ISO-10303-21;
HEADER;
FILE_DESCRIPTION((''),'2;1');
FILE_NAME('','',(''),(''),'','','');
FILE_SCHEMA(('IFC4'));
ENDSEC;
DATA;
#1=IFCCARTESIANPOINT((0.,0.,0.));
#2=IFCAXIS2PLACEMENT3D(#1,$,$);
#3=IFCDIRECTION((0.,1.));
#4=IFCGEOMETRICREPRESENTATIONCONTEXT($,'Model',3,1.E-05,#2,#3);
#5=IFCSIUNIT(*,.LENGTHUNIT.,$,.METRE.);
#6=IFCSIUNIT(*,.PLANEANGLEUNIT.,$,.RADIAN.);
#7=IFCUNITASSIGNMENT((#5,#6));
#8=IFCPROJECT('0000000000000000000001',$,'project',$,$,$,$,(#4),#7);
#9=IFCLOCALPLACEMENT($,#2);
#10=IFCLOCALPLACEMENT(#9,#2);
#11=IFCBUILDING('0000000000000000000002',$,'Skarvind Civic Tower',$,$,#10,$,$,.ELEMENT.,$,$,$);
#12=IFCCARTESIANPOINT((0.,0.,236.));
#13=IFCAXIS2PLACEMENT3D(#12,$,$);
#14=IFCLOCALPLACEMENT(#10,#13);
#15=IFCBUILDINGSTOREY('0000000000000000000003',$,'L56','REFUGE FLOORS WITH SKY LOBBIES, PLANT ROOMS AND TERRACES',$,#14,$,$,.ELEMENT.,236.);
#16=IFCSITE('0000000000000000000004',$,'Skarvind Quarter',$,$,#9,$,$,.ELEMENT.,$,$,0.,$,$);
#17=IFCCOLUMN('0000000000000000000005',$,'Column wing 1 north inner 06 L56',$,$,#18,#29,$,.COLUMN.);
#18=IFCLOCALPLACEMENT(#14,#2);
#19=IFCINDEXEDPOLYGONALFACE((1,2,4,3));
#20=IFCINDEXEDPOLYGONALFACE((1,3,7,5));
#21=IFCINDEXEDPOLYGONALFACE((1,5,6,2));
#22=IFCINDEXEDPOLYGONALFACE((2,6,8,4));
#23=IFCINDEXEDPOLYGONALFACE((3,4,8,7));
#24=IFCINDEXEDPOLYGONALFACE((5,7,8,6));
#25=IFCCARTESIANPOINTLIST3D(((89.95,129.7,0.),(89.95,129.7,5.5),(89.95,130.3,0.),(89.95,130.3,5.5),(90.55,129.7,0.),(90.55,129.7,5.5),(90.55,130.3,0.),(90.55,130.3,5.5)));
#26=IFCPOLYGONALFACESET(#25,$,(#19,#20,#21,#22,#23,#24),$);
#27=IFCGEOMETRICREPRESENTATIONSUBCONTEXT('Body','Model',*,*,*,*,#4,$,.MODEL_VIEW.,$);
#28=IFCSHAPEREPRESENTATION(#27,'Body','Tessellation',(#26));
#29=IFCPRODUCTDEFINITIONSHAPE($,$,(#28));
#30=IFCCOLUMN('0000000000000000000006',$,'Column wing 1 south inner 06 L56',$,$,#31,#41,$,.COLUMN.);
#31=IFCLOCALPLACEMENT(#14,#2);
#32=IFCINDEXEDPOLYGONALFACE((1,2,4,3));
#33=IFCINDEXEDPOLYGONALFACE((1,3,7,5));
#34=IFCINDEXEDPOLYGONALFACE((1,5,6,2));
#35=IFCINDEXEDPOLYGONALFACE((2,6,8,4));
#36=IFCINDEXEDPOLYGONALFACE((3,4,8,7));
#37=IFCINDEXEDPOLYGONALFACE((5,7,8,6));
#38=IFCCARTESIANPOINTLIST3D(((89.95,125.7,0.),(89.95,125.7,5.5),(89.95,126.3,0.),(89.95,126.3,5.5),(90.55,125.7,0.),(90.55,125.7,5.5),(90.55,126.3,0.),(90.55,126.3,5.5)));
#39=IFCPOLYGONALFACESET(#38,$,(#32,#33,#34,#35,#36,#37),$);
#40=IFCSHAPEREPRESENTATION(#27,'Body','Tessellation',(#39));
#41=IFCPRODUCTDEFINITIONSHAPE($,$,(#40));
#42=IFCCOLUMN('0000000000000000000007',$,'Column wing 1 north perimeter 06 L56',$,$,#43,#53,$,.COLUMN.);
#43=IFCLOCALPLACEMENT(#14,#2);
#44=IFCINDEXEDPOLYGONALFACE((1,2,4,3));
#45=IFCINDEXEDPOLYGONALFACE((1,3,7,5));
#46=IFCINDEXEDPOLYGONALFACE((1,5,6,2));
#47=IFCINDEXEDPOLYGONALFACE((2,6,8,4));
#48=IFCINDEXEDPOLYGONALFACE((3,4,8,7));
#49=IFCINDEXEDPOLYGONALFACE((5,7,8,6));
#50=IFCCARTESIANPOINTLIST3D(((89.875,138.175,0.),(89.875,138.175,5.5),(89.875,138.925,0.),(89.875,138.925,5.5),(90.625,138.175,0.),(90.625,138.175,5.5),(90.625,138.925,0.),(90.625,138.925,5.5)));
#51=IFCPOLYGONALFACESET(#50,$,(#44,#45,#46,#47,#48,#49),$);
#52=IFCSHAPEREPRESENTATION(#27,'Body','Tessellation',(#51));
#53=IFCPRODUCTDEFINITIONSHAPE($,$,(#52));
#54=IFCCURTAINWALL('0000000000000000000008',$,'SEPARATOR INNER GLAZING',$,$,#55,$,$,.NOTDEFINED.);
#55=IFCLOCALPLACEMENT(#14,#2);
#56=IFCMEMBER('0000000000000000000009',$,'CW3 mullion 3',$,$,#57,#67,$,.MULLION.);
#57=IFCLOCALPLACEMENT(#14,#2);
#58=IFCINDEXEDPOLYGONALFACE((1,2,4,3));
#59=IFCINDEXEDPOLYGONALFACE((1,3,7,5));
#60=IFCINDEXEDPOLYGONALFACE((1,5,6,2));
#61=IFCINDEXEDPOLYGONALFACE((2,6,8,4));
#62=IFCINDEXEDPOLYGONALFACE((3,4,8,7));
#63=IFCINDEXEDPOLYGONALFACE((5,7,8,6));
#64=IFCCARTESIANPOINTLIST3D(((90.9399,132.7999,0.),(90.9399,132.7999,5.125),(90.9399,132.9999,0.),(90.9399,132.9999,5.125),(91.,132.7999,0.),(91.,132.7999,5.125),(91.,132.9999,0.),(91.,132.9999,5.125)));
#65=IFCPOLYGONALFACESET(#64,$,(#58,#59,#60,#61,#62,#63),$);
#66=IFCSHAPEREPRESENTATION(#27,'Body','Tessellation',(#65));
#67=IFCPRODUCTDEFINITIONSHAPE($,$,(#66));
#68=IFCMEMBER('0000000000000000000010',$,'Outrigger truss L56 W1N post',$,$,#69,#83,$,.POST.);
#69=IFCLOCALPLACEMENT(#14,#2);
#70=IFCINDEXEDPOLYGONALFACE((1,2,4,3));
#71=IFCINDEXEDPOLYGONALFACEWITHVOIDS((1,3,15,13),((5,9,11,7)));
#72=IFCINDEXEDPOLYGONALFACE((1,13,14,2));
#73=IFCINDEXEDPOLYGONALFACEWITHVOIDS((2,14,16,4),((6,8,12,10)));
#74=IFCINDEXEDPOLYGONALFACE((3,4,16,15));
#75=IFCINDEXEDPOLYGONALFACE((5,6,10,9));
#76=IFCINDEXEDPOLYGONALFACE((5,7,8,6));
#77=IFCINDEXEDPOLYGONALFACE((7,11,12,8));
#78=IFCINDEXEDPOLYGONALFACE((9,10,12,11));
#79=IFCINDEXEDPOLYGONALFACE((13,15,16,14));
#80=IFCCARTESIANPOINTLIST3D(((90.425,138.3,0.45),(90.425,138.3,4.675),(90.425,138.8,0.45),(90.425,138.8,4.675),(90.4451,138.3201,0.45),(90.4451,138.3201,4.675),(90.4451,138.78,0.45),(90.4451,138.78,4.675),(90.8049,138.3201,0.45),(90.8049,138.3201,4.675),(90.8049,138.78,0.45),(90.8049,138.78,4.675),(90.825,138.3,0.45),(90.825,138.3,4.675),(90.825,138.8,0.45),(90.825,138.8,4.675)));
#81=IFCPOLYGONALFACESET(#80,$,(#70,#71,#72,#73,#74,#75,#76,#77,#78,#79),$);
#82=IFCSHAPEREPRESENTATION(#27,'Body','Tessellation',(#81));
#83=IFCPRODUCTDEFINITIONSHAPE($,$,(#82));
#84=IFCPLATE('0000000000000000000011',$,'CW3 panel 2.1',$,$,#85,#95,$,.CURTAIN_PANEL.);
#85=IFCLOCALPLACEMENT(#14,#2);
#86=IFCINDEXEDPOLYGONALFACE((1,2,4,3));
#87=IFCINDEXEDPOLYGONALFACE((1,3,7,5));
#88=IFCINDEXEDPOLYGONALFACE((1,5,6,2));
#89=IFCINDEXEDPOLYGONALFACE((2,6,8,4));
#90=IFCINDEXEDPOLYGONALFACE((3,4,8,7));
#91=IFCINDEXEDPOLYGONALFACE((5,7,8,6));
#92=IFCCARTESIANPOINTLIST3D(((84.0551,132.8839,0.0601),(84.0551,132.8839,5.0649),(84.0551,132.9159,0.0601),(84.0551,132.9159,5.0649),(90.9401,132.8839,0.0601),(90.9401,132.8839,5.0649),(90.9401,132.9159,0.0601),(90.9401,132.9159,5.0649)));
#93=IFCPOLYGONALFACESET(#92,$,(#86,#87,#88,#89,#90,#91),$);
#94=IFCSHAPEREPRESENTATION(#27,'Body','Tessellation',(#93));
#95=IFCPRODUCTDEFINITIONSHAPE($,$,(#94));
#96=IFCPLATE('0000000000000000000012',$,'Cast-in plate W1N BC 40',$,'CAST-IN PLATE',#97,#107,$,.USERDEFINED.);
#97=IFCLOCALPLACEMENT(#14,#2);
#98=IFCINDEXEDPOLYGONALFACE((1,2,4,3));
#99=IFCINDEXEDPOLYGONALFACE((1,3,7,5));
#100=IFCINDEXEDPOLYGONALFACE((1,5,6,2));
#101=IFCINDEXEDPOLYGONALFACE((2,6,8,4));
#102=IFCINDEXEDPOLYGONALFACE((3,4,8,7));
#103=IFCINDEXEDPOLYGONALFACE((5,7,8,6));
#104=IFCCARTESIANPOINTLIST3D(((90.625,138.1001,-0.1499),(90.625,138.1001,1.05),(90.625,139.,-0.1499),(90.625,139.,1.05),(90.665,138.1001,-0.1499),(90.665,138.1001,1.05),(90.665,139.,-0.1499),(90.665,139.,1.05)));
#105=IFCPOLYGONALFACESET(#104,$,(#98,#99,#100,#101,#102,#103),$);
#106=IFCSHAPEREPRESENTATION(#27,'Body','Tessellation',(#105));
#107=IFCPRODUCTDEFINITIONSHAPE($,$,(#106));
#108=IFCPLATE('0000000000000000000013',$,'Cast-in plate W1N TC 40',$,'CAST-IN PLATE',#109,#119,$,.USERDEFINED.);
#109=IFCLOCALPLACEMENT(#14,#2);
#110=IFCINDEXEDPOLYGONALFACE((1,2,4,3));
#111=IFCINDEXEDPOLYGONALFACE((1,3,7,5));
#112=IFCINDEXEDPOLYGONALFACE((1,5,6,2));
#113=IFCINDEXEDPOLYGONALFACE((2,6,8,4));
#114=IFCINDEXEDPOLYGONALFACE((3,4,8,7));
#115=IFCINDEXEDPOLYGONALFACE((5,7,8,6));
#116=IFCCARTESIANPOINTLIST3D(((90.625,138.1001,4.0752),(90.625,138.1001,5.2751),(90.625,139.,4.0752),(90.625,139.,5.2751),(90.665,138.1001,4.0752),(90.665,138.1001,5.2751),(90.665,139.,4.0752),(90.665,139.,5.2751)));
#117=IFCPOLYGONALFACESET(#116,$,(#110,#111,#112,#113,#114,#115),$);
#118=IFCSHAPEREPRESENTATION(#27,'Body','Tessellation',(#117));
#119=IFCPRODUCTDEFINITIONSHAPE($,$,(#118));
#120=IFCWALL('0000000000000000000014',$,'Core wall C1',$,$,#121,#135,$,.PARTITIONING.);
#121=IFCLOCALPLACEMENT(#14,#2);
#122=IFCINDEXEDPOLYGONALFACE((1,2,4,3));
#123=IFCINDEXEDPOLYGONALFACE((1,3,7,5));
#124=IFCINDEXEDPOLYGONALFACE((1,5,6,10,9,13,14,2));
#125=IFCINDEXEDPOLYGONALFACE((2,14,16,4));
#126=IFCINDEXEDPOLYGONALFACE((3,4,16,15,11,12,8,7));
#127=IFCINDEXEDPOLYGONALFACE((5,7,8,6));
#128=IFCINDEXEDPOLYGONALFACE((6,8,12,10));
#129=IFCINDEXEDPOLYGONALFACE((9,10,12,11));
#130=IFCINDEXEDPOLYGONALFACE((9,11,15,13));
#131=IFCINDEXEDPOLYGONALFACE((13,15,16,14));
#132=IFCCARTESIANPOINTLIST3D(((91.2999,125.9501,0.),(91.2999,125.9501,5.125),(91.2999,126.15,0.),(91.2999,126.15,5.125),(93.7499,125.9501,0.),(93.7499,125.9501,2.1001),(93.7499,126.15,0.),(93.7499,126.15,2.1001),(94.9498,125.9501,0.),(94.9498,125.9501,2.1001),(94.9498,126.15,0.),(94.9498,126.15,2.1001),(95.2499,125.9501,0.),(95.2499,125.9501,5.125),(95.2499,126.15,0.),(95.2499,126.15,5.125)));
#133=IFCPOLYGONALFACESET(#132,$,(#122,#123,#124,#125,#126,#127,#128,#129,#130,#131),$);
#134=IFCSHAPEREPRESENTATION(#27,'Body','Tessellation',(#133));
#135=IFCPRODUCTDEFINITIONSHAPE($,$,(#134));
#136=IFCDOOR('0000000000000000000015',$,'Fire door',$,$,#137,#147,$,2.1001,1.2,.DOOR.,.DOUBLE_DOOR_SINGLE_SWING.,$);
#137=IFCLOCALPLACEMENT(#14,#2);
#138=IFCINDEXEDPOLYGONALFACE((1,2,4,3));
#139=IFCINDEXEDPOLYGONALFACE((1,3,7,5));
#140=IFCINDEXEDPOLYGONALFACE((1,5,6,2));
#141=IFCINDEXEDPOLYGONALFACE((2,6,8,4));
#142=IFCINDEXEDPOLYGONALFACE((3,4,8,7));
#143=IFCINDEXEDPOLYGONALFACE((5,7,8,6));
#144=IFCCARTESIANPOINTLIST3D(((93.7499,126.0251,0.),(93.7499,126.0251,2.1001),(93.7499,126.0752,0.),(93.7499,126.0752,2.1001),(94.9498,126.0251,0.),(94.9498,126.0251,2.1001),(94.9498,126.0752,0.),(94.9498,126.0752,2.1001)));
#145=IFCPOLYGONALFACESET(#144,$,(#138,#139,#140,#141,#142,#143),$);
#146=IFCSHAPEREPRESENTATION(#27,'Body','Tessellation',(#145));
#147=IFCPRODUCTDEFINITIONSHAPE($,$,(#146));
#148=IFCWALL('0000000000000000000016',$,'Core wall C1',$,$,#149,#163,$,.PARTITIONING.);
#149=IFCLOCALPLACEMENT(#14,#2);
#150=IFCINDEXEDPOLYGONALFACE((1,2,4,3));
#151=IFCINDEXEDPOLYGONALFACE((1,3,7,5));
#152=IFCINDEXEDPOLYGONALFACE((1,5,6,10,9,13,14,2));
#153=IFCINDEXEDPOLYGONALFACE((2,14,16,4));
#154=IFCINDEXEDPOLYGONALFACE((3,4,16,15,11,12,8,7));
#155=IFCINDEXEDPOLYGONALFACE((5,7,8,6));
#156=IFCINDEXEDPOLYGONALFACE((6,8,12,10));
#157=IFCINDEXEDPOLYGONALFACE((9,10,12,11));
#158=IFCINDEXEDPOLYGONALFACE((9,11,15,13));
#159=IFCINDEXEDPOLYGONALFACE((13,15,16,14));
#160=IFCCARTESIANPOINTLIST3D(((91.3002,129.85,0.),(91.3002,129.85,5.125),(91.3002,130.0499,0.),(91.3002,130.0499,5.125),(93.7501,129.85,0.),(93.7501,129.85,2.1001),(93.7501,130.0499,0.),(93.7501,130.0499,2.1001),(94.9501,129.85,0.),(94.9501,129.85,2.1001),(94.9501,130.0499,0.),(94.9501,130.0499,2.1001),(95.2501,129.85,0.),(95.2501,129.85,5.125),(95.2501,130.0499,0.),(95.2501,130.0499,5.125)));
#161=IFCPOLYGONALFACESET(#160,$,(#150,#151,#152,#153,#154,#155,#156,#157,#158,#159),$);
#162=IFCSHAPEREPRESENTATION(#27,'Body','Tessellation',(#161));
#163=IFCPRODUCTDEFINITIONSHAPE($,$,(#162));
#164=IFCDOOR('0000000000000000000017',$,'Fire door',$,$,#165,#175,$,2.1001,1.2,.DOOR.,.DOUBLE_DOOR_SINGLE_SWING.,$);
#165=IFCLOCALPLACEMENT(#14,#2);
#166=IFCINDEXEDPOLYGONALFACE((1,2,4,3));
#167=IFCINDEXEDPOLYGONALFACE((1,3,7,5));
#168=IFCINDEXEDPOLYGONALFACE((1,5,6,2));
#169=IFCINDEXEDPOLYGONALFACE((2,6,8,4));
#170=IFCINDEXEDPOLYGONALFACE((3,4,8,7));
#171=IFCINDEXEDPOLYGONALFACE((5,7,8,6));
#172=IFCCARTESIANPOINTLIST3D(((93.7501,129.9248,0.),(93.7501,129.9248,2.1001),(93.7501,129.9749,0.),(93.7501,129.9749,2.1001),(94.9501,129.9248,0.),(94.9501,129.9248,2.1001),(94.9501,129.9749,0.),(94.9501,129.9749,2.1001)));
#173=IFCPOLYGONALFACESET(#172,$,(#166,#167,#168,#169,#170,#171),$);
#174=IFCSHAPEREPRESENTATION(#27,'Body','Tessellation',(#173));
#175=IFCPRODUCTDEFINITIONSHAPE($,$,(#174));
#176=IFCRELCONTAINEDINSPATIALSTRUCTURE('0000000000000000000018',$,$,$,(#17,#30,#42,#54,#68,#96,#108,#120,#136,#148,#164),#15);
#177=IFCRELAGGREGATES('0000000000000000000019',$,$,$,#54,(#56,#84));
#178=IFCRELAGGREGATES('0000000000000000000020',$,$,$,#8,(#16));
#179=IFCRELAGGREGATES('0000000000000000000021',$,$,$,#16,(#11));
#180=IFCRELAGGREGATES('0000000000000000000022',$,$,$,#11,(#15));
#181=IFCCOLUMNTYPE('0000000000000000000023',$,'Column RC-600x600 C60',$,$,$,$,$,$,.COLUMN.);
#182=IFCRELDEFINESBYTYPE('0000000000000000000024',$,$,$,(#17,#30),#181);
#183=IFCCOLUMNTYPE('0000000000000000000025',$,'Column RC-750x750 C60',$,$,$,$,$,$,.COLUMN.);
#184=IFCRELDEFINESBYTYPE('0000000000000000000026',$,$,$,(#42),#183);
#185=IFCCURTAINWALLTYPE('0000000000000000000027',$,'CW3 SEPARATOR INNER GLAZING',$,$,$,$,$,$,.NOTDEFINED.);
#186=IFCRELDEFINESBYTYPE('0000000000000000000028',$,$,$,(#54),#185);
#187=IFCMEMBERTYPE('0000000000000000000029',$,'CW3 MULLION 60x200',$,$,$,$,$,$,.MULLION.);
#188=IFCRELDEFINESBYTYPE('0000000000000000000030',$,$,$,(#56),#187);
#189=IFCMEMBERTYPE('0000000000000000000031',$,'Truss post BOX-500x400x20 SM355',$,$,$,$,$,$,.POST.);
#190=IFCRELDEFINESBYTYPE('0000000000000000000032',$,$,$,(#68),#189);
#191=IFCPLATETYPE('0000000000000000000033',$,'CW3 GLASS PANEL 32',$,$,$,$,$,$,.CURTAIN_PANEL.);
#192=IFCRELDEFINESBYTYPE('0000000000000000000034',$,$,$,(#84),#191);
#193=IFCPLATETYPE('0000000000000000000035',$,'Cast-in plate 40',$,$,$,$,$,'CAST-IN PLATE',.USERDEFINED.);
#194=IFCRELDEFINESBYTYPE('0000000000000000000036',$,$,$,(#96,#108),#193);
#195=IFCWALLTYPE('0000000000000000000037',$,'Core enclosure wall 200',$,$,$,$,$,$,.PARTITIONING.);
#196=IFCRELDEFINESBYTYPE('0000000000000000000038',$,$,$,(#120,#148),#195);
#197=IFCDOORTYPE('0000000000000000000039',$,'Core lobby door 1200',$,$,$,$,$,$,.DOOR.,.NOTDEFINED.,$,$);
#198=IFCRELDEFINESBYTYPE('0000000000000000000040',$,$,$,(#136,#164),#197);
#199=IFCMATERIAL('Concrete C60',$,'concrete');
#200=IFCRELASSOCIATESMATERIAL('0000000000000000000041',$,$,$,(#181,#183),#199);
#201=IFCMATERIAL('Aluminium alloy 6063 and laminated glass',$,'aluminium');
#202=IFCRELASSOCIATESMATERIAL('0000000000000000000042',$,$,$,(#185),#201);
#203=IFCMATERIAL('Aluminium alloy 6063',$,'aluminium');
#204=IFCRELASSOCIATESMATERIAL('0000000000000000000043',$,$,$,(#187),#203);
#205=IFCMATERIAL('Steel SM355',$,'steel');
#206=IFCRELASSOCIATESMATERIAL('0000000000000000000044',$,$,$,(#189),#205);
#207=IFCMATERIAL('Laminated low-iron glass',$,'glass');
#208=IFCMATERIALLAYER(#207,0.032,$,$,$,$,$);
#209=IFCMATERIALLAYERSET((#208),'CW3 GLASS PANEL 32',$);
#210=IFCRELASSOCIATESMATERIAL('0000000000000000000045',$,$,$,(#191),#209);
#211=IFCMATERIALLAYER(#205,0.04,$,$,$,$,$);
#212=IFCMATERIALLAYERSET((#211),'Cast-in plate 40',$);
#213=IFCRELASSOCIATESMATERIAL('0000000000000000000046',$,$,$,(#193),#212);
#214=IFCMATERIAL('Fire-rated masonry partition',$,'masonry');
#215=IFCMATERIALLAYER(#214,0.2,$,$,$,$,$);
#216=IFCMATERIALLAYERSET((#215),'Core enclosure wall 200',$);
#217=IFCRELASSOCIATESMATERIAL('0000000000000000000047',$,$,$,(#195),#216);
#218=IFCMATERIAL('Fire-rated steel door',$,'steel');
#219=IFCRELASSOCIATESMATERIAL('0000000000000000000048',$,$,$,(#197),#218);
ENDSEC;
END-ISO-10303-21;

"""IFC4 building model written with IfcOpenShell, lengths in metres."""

from ifc_helpers import new_model, si_unit, direction, frame, frame_2d, origin, origin_2d, place, context, subcontext, project, spatial, rectangle, hollow_rectangle, extrude, material, layer, layer_set, material_profile, profile_set, type_object, element, fill, aggregate, save


model = new_model("IFC4")

# Units and contexts
model_context = context("Model", 3, precision=1e-05, world=origin(), true_north=direction((0.0, 1.0)))
body_context = subcontext(model_context, "Body", "Model", "MODEL_VIEW")
ifc_project = project(units=[si_unit("LENGTHUNIT", "METRE"), si_unit("PLANEANGLEUNIT", "RADIAN")], contexts=[model_context])

# Site, building, storey
site_placement = place(None, origin())
site = spatial("IfcSite", under=ifc_project, at=site_placement, Name="Skarvind Quarter", CompositionType="ELEMENT", RefElevation=0.0)
building_placement = place(site_placement, origin())
building = spatial("IfcBuilding", under=site, at=building_placement, Name="Skarvind Civic Tower", CompositionType="ELEMENT")
storey_placement = place(building_placement, frame((0.0, 0.0, 236.0)))
storey = spatial("IfcBuildingStorey", under=building, at=storey_placement, Name="L56", Description="REFUGE FLOORS WITH SKY LOBBIES, PLANT ROOMS AND TERRACES", CompositionType="ELEMENT", Elevation=236.0)

# Columns
ifc_material_1 = material(Name="Concrete C60", Category="concrete")
ifc_material_profile_1 = material_profile(ifc_material_1, rectangle(XDim=0.6001, YDim=0.6001, at=origin_2d()), Name="RC-600x600")
ifc_profile_set_1 = profile_set([ifc_material_profile_1], Name="Concrete C60")
column_type_1 = type_object("IfcColumnType", Name="Column RC-600x600 C60", PredefinedType="COLUMN", material=ifc_profile_set_1)
for number, where, z_axis, x_axis, name in (
    (1, (90.25, 130.0, 0.0), (0.0, 0.0, 1.0), (1.0, 0.0, 0.0), "Column wing 1 north inner 06 L56"),
    (2, (90.25, 126.0, 0.0), (0.0, 0.0, 1.0), (1.0, 0.0, 0.0), "Column wing 1 south inner 06 L56"),
):
    element("IfcColumn", number, at=place(storey_placement, frame(where, z_axis=z_axis, x_axis=x_axis)), inside=storey, type_object=column_type_1, Name=name, PredefinedType="COLUMN", context=body_context, shape_type="SweptSolid", body=[
        extrude(rectangle(XDim=0.6001, YDim=0.6001, at=origin_2d()), origin(), (0.0, 0.0, 1.0), 5.5),
    ])
ifc_material_profile_2 = material_profile(ifc_material_1, rectangle(XDim=0.75, YDim=0.75, at=origin_2d()), Name="RC-750x750")
ifc_profile_set_2 = profile_set([ifc_material_profile_2], Name="Concrete C60")
column_type_2 = type_object("IfcColumnType", Name="Column RC-750x750 C60", PredefinedType="COLUMN", material=ifc_profile_set_2)
column_placement = place(storey_placement, frame((90.25, 138.55, 0.0), z_axis=(0.0, 0.0, 1.0), x_axis=(1.0, 0.0, 0.0)))
element("IfcColumn", 3, at=column_placement, inside=storey, type_object=column_type_2, Name="Column wing 1 north perimeter 06 L56", PredefinedType="COLUMN", context=body_context, shape_type="SweptSolid", body=[
    extrude(rectangle(XDim=0.75, YDim=0.75, at=origin_2d()), origin(), (0.0, 0.0, 1.0), 5.5),
])

# Curtain wall, member
ifc_material_2 = material(Name="Aluminium alloy 6063 and laminated glass", Category="aluminium")
curtain_wall_type = type_object("IfcCurtainWallType", Name="CW3 SEPARATOR INNER GLAZING", PredefinedType="NOTDEFINED", material=ifc_material_2)
curtain_wall_placement = place(storey_placement, origin())
curtain_wall = element("IfcCurtainWall", 4, at=curtain_wall_placement, inside=storey, type_object=curtain_wall_type, Name="SEPARATOR INNER GLAZING", PredefinedType="NOTDEFINED")
ifc_material_3 = material(Name="Aluminium alloy 6063", Category="aluminium")
ifc_material_profile_3 = material_profile(ifc_material_3, rectangle(XDim=0.2, YDim=0.0601, at=origin_2d()), Name="AL 60x200")
ifc_profile_set_3 = profile_set([ifc_material_profile_3], Name="Aluminium alloy 6063")
member_type_1 = type_object("IfcMemberType", Name="CW3 MULLION 60x200", PredefinedType="MULLION", material=ifc_profile_set_3)
member_1_placement = place(storey_placement, frame((90.97, 132.8999, 0.0), z_axis=(0.0, 0.0, 1.0), x_axis=(0.0, 1.0, 0.0)))
member_1 = element("IfcMember", 5, at=member_1_placement, type_object=member_type_1, Name="CW3 mullion 3", PredefinedType="MULLION", context=body_context, shape_type="SweptSolid", body=[
    extrude(rectangle(XDim=0.2, YDim=0.0601, at=origin_2d()), origin(), (0.0, 0.0, 1.0), 5.125),
])

# Member
ifc_material_4 = material(Name="Steel SM355", Category="steel")
ifc_material_profile_4 = material_profile(ifc_material_4, hollow_rectangle(XDim=0.3999, YDim=0.5, WallThickness=0.02, at=origin_2d()), Name="BOX-500x400x20")
ifc_profile_set_4 = profile_set([ifc_material_profile_4], Name="Steel SM355")
member_type_2 = type_object("IfcMemberType", Name="Truss post BOX-500x400x20 SM355", PredefinedType="POST", material=ifc_profile_set_4)
member_2_placement = place(storey_placement, frame((90.625, 138.55, 0.45), z_axis=(0.0, 0.0, 1.0), x_axis=(1.0, 0.0, 0.0)))
element("IfcMember", 6, at=member_2_placement, inside=storey, type_object=member_type_2, Name="Outrigger truss L56 W1N post", PredefinedType="POST", context=body_context, shape_type="SweptSolid", body=[
    extrude(hollow_rectangle(XDim=0.3999, YDim=0.5, WallThickness=0.02, at=origin_2d()), origin(), (0.0, 0.0, 1.0), 4.2251),
])

# Plate
ifc_material_5 = material(Name="Laminated low-iron glass", Category="glass")
ifc_layer_1 = layer(ifc_material_5, 0.032)
ifc_layer_set_1 = layer_set([ifc_layer_1], Name="CW3 GLASS PANEL 32")
plate_type_1 = type_object("IfcPlateType", Name="CW3 GLASS PANEL 32", PredefinedType="CURTAIN_PANEL", material=ifc_layer_set_1)
plate_placement = place(storey_placement, frame((87.4976, 132.8999, 0.0601), z_axis=(0.0, 0.0, 1.0), x_axis=(1.0, 0.0, 0.0)))
plate = element("IfcPlate", 7, at=plate_placement, type_object=plate_type_1, Name="CW3 panel 2.1", PredefinedType="CURTAIN_PANEL", context=body_context, shape_type="SweptSolid", body=[
    extrude(rectangle(XDim=6.885, YDim=0.032, at=origin_2d()), origin(), (0.0, 0.0, 1.0), 5.0049),
])
aggregate(curtain_wall, [member_1, plate])

# Plates
ifc_layer_2 = layer(ifc_material_4, 0.04)
ifc_layer_set_2 = layer_set([ifc_layer_2], Name="Cast-in plate 40")
plate_type_2 = type_object("IfcPlateType", Name="Cast-in plate 40", ElementType="CAST-IN PLATE", PredefinedType="USERDEFINED", material=ifc_layer_set_2)
for number, where, z_axis, x_axis, name in (
    (8, (90.645, 138.55, -0.1499), (0.0, 0.0, 1.0), (1.0, 0.0, 0.0), "Cast-in plate W1N BC 40"),
    (9, (90.645, 138.55, 4.0752), (0.0, 0.0, 1.0), (1.0, 0.0, 0.0), "Cast-in plate W1N TC 40"),
):
    element("IfcPlate", number, at=place(storey_placement, frame(where, z_axis=z_axis, x_axis=x_axis)), inside=storey, type_object=plate_type_2, Name=name, ObjectType="CAST-IN PLATE", PredefinedType="USERDEFINED", context=body_context, shape_type="SweptSolid", body=[
        extrude(rectangle(XDim=0.04, YDim=0.8999, at=origin_2d()), origin(), (0.0, 0.0, 1.0), 1.2),
    ])

# Walls, openings, doors
ifc_material_6 = material(Name="Fire-rated masonry partition", Category="masonry")
ifc_layer_3 = layer(ifc_material_6, 0.2)
ifc_layer_set_3 = layer_set([ifc_layer_3], Name="Core enclosure wall 200")
wall_type_1 = type_object("IfcWallType", Name="Core enclosure wall 200", PredefinedType="PARTITIONING", material=ifc_layer_set_3)
wall_1_placement = place(storey_placement, frame((95.25, 126.05, 0.0), z_axis=(0.0, 0.0, 1.0), x_axis=(-1.0, 0.0, 0.0)))
wall_1 = element("IfcWall", 10, at=wall_1_placement, inside=storey, type_object=wall_type_1, Name="Core wall C1", PredefinedType="PARTITIONING", context=body_context, shape_type="SweptSolid", body=[
    extrude(rectangle(XDim=3.95, YDim=0.2, at=frame_2d((1.9751, 0.0))), origin(), (0.0, 0.0, 1.0), 5.125),
])
opening_1_placement = place(wall_1_placement, frame((0.3, 0.0, 0.0)))
opening_1 = element("IfcOpeningElement", 11, at=opening_1_placement, cuts=wall_1, PredefinedType="OPENING", context=body_context, shape_type="SweptSolid", body=[
    extrude(rectangle(XDim=1.2, YDim=2.1001, at=frame_2d((0.6001, 1.05))), frame((0.0, 0.1099, 0.0), z_axis=(0.0, -1.0, 0.0), x_axis=(1.0, 0.0, 0.0)), (0.0, 0.0, 1.0), 0.22),
])
ifc_material_7 = material(Name="Fire-rated steel door", Category="steel")
door_type_1 = type_object("IfcDoorType", Name="Core lobby door 1200", OperationType="NOTDEFINED", PredefinedType="DOOR", material=ifc_material_7)
door_1_placement = place(opening_1_placement, origin())
door_1 = element("IfcDoor", 12, at=door_1_placement, inside=storey, type_object=door_type_1, Name="Fire door", OperationType="DOUBLE_DOOR_SINGLE_SWING", OverallHeight=2.1001, OverallWidth=1.2, PredefinedType="DOOR", context=body_context, shape_type="SweptSolid", body=[
    extrude(rectangle(XDim=1.2, YDim=2.1001, at=frame_2d((0.6001, 1.05))), frame((0.0, 0.0249, 0.0), z_axis=(0.0, -1.0, 0.0), x_axis=(1.0, 0.0, 0.0)), (0.0, 0.0, 1.0), 0.05),
])
fill(opening_1, door_1)
wall_2_placement = place(storey_placement, frame((91.3, 129.95, 0.0), z_axis=(0.0, 0.0, 1.0), x_axis=(1.0, 0.0, 0.0)))
wall_2 = element("IfcWall", 13, at=wall_2_placement, inside=storey, type_object=wall_type_1, Name="Core wall C1", PredefinedType="PARTITIONING", context=body_context, shape_type="SweptSolid", body=[
    extrude(rectangle(XDim=3.95, YDim=0.2, at=frame_2d((1.9751, 0.0))), origin(), (0.0, 0.0, 1.0), 5.125),
])
opening_2_placement = place(wall_2_placement, frame((2.45, 0.0, 0.0)))
opening_2 = element("IfcOpeningElement", 14, at=opening_2_placement, cuts=wall_2, PredefinedType="OPENING", context=body_context, shape_type="SweptSolid", body=[
    extrude(rectangle(XDim=1.2, YDim=2.1001, at=frame_2d((0.6001, 1.05))), frame((0.0, 0.1099, 0.0), z_axis=(0.0, -1.0, 0.0), x_axis=(1.0, 0.0, 0.0)), (0.0, 0.0, 1.0), 0.22),
])
door_2_placement = place(opening_2_placement, origin())
door_2 = element("IfcDoor", 15, at=door_2_placement, inside=storey, type_object=door_type_1, Name="Fire door", OperationType="DOUBLE_DOOR_SINGLE_SWING", OverallHeight=2.1001, OverallWidth=1.2, PredefinedType="DOOR", context=body_context, shape_type="SweptSolid", body=[
    extrude(rectangle(XDim=1.2, YDim=2.1001, at=frame_2d((0.6001, 1.05))), frame((0.0, 0.0249, 0.0), z_axis=(0.0, -1.0, 0.0), x_axis=(1.0, 0.0, 0.0)), (0.0, 0.0, 1.0), 0.05),
])
fill(opening_2, door_2)

save(model, "model.ifc")
